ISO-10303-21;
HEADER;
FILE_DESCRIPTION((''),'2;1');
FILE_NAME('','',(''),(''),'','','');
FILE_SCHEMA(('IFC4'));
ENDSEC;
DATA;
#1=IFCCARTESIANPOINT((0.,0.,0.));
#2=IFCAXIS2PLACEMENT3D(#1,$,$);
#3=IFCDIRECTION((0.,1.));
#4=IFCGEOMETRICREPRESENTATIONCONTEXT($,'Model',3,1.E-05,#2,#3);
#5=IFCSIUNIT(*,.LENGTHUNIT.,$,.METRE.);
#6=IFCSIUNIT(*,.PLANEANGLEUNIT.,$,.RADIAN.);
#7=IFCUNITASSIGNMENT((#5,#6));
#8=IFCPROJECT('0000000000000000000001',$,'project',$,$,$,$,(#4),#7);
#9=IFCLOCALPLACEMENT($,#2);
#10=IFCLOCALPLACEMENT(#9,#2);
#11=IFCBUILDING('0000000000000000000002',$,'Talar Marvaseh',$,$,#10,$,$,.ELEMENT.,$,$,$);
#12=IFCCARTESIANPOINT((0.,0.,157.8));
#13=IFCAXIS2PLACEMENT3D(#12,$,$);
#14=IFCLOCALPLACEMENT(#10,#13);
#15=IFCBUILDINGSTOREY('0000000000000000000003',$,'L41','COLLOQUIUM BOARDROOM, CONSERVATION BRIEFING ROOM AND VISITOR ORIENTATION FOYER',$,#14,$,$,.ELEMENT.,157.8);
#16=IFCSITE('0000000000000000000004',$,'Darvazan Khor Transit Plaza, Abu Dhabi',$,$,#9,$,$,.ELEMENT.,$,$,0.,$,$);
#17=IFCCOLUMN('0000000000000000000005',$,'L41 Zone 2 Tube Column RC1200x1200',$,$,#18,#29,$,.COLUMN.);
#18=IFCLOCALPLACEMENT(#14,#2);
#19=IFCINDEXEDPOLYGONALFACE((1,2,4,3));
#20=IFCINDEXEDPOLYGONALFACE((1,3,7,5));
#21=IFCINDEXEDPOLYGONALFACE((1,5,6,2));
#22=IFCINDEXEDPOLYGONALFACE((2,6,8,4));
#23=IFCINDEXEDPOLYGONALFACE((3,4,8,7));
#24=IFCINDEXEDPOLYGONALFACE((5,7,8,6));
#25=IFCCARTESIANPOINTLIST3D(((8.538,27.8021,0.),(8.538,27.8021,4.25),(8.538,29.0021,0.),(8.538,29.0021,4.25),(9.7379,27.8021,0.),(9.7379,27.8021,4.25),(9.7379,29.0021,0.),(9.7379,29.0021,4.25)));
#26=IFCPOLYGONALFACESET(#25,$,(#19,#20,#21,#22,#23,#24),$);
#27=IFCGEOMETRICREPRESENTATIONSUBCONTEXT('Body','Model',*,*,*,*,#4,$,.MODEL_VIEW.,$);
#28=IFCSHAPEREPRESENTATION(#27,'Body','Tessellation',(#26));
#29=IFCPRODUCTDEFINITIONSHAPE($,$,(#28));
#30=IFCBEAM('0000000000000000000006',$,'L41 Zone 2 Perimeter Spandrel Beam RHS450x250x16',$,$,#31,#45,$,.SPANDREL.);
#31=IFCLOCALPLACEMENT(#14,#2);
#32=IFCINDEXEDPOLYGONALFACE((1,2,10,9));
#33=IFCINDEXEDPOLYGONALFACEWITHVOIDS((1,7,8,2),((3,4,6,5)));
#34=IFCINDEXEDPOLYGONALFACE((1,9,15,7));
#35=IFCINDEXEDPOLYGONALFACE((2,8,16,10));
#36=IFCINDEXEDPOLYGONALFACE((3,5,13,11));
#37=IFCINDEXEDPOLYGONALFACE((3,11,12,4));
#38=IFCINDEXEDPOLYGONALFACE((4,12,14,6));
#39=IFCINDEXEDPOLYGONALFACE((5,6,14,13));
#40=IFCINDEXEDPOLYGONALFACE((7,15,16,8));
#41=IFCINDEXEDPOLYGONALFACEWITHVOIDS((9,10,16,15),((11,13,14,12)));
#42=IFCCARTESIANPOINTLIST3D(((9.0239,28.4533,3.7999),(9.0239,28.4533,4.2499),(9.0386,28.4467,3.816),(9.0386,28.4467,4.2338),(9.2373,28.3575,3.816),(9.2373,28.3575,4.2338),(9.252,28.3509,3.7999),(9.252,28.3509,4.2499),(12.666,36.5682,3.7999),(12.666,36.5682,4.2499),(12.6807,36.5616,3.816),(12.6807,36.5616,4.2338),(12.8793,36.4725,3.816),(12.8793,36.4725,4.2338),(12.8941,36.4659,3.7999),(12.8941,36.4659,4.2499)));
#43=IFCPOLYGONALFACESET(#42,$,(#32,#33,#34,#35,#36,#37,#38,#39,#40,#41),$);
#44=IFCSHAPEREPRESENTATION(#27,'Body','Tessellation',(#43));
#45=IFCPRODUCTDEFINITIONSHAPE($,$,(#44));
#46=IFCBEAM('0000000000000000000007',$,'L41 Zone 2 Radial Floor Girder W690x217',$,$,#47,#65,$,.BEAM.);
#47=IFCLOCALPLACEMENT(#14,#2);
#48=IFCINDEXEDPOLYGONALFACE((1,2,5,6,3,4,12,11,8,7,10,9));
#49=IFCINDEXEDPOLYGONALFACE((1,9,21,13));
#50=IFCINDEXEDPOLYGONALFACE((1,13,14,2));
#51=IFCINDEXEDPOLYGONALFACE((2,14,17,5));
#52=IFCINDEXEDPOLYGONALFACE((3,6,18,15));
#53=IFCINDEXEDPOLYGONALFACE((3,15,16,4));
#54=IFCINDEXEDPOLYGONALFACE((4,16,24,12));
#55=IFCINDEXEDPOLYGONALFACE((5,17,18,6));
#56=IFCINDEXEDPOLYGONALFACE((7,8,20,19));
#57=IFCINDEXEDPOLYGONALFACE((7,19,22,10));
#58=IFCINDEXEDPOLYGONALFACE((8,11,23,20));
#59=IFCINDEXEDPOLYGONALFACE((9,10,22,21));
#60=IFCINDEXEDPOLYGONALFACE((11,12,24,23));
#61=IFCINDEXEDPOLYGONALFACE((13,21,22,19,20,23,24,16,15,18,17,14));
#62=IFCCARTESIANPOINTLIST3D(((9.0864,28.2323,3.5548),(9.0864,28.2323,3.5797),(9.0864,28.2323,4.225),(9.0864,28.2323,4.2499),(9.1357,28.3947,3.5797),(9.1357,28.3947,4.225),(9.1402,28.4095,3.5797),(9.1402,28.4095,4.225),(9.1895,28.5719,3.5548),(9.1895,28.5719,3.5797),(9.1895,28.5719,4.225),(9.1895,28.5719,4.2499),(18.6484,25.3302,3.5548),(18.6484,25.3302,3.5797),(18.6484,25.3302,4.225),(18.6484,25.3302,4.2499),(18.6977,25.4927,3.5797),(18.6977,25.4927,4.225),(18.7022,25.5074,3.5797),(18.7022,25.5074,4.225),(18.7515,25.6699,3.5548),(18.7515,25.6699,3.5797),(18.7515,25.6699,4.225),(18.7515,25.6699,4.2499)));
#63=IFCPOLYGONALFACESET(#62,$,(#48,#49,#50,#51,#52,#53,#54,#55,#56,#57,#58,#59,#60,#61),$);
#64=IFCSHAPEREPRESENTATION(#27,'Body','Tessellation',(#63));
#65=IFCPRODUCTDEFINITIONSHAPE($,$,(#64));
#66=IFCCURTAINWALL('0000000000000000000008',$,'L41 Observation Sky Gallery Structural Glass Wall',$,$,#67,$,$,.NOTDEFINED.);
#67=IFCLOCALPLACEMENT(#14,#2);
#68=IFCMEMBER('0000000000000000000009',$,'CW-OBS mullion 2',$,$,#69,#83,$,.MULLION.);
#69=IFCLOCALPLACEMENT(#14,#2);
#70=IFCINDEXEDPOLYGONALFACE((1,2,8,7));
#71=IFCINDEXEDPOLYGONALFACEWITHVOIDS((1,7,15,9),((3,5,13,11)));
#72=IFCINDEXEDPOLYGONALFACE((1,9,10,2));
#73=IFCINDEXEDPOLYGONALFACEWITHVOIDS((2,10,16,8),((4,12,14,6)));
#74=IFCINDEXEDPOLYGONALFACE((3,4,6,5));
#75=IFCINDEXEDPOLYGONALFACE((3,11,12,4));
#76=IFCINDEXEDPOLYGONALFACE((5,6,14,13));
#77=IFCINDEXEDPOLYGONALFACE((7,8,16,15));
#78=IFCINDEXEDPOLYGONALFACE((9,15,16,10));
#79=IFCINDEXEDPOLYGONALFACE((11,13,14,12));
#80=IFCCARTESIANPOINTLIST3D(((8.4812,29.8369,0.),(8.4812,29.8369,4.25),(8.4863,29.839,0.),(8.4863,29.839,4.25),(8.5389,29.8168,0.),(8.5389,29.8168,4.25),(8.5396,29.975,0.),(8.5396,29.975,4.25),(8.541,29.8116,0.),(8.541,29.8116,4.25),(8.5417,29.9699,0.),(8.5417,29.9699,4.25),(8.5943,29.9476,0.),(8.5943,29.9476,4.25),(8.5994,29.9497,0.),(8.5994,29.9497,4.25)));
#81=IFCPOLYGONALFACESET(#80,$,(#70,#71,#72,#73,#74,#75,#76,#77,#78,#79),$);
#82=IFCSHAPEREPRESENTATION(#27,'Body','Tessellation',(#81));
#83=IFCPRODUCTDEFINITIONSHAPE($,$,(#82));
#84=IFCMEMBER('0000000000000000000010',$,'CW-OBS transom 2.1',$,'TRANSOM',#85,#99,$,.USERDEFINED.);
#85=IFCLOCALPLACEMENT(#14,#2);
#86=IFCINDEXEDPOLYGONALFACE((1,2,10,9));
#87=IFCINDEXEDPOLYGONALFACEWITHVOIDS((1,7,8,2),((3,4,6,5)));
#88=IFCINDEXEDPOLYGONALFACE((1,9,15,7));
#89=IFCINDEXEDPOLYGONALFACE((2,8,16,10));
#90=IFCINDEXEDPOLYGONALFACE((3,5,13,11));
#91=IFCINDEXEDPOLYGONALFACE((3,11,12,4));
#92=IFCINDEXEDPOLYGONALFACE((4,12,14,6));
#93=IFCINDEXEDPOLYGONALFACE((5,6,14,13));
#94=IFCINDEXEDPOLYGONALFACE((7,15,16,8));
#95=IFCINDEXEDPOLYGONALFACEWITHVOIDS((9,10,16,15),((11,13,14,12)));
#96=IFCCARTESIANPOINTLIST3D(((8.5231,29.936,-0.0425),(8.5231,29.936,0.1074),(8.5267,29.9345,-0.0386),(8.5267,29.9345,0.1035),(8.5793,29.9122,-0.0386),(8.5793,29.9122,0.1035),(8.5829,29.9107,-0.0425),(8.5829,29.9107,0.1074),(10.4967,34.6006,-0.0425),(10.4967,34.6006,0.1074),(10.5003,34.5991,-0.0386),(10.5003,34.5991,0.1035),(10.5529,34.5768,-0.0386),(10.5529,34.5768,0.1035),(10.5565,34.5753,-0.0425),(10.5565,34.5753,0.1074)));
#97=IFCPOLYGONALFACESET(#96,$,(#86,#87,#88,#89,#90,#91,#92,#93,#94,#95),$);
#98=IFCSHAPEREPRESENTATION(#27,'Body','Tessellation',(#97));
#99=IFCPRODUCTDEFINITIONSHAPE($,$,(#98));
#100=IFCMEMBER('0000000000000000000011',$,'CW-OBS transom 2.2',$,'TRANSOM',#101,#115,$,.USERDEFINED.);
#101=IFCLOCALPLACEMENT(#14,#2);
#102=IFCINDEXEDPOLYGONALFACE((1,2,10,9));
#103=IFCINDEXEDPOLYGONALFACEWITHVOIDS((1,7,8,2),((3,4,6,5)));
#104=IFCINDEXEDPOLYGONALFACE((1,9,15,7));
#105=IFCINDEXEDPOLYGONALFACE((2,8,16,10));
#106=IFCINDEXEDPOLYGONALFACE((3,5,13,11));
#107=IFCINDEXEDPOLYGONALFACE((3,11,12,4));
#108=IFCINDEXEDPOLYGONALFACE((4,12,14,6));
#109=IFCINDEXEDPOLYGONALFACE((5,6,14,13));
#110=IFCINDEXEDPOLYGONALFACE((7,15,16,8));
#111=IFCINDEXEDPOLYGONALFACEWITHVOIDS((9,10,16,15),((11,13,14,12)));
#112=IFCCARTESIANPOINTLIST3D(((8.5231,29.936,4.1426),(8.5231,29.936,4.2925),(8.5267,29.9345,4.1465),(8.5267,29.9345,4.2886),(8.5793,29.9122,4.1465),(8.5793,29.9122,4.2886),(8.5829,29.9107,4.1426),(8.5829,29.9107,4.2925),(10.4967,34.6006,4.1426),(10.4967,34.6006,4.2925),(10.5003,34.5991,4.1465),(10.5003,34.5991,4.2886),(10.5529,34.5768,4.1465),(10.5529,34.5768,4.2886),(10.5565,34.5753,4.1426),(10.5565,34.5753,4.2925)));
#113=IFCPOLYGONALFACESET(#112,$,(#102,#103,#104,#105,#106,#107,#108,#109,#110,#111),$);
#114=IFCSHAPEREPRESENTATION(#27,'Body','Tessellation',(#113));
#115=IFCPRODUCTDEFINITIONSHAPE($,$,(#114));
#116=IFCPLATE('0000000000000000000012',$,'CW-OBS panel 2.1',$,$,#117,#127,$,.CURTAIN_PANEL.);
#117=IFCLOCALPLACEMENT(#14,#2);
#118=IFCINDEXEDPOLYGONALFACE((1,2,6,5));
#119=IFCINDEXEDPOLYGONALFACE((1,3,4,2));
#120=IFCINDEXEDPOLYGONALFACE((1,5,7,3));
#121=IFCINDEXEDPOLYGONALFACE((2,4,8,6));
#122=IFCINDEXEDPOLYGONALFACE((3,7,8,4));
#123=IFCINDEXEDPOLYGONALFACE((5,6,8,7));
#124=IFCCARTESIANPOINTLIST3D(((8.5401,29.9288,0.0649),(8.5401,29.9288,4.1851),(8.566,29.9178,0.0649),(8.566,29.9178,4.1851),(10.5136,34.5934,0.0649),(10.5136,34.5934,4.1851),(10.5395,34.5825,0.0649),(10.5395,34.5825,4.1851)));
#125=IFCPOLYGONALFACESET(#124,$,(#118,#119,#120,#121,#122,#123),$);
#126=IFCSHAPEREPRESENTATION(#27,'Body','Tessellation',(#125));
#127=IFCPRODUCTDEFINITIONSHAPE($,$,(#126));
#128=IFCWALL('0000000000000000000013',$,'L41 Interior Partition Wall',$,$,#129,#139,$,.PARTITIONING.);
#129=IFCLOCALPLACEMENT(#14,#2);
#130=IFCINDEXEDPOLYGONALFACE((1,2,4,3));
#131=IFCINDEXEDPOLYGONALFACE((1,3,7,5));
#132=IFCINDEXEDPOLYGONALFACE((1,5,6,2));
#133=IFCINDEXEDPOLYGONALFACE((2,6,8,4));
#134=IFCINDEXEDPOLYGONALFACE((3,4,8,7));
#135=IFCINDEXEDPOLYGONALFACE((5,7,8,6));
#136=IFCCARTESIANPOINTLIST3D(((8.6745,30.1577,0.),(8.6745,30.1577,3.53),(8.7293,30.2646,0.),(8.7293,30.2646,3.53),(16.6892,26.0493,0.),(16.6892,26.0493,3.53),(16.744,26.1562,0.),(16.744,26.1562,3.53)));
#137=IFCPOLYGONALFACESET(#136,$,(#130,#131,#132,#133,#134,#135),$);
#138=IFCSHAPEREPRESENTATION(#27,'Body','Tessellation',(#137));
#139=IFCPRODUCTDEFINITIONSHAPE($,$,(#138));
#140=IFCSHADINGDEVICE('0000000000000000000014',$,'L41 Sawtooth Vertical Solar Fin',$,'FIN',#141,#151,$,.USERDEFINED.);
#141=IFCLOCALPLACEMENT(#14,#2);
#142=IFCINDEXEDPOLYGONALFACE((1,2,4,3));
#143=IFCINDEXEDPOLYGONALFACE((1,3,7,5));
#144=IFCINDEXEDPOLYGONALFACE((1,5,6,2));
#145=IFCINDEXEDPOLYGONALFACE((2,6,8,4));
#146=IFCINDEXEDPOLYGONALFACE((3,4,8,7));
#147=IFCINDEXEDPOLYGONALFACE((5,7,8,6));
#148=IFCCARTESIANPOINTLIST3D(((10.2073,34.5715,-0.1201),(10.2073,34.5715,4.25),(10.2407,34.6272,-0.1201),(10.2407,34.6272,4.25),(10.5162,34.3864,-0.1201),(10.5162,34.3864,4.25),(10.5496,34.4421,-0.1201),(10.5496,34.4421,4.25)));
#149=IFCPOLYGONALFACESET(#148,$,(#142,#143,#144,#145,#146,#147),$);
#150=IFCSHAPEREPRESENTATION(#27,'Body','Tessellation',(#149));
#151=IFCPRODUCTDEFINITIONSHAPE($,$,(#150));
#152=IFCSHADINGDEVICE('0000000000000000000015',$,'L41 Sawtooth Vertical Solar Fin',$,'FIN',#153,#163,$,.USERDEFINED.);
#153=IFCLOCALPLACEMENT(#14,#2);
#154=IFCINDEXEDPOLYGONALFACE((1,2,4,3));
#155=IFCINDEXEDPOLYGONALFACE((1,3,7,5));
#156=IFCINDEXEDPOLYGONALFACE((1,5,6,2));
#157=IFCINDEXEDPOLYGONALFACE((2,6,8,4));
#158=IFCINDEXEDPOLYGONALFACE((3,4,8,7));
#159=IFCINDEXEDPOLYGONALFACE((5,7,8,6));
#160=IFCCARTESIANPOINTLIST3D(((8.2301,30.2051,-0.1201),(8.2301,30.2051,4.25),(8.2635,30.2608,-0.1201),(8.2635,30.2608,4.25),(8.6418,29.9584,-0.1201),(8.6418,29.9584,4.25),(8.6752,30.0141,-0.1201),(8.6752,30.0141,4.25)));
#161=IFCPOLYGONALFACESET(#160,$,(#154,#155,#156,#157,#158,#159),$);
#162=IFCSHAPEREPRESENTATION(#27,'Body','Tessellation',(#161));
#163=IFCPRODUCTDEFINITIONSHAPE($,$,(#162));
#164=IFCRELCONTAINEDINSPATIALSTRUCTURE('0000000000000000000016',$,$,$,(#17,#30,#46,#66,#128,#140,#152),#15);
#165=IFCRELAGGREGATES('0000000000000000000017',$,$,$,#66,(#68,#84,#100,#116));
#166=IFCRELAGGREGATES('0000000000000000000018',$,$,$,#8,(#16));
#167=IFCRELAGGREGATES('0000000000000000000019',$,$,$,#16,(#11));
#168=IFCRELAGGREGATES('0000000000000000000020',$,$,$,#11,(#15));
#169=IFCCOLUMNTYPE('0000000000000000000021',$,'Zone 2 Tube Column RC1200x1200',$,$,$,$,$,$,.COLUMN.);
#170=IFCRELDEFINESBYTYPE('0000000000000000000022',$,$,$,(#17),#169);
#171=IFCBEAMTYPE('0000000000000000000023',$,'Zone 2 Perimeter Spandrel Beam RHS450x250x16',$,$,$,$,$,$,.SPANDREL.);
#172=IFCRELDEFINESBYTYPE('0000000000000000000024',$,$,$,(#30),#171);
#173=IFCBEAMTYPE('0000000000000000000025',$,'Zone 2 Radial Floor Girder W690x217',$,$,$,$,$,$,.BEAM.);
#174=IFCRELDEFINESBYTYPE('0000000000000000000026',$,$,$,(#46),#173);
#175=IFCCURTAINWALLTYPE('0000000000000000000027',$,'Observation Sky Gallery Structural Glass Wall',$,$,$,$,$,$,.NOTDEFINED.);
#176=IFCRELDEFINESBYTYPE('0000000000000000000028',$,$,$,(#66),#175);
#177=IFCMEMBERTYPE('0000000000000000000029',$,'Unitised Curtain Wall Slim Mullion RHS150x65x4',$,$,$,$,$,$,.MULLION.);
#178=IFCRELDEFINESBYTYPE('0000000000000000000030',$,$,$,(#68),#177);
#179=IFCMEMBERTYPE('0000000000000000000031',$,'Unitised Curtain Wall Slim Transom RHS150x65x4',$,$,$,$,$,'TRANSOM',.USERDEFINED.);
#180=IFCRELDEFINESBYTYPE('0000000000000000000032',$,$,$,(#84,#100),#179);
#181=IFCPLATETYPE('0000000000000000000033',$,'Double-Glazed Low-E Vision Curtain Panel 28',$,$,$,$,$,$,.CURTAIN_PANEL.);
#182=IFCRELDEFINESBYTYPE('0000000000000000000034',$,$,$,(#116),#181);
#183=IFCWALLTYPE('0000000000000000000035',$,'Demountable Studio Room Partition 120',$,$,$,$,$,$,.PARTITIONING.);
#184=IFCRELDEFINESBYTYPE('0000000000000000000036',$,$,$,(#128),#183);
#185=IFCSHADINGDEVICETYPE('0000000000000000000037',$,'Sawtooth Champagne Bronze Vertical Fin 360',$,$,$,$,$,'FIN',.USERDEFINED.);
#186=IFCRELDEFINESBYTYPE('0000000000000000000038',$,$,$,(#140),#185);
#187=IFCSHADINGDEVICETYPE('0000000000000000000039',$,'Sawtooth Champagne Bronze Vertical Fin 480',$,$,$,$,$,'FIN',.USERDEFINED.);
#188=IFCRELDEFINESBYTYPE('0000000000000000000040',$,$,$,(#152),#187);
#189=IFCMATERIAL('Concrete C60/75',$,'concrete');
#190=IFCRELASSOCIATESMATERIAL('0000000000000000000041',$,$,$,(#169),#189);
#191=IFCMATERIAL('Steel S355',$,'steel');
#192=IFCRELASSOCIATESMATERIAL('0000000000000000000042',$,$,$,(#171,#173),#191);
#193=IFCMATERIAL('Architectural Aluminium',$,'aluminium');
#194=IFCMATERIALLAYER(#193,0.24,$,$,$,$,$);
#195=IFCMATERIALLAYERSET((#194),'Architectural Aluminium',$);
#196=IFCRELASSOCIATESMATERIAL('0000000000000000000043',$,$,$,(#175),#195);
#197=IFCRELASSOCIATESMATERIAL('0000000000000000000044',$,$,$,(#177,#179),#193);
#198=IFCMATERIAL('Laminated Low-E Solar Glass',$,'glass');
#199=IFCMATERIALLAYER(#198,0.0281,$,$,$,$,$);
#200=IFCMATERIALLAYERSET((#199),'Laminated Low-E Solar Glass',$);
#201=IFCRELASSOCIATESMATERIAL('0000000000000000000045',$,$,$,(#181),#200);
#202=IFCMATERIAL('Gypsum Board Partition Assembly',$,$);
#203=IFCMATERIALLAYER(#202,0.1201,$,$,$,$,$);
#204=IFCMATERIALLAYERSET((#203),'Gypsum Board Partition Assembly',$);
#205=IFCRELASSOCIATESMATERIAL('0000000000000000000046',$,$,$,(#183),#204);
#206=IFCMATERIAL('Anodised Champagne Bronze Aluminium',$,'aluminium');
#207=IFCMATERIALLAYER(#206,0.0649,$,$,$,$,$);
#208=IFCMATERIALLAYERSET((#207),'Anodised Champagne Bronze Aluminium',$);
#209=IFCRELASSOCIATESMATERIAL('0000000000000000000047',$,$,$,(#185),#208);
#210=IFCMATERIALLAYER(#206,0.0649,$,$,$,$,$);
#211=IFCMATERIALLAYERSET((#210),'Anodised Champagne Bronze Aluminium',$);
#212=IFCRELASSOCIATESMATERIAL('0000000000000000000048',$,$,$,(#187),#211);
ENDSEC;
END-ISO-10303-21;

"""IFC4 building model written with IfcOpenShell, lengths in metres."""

from ifc_helpers import new_model, si_unit, direction, frame, frame_2d, origin, origin_2d, place, context, subcontext, project, spatial, rectangle, hollow_rectangle, i_section, extrude, source, transform, mapped, material, layer, layer_set, material_profile, profile_set, type_object, type_shapes, element, aggregate, save


model = new_model("IFC4")

# Units and contexts
model_context = context("Model", 3, precision=1e-05, world=origin(), true_north=direction((0.0, 1.0)))
body_context = subcontext(model_context, "Body", "Model", "MODEL_VIEW")
ifc_project = project(units=[si_unit("LENGTHUNIT", "METRE"), si_unit("PLANEANGLEUNIT", "RADIAN")], contexts=[model_context])

# Site, building, storey
site_placement = place(None, origin())
site = spatial("IfcSite", under=ifc_project, at=site_placement, Name="Darvazan Khor Transit Plaza, Abu Dhabi", CompositionType="ELEMENT", RefElevation=0.0)
building_placement = place(site_placement, origin())
building = spatial("IfcBuilding", under=site, at=building_placement, Name="Talar Marvaseh", CompositionType="ELEMENT")
storey_placement = place(building_placement, frame((0.0, 0.0, 157.8)))
storey = spatial("IfcBuildingStorey", under=building, at=storey_placement, Name="L41", Description="COLLOQUIUM BOARDROOM, CONSERVATION BRIEFING ROOM AND VISITOR ORIENTATION FOYER", CompositionType="ELEMENT", Elevation=157.8)

# Column
ifc_material_1 = material(Name="Concrete C60/75", Category="concrete")
ifc_material_profile_1 = material_profile(ifc_material_1, rectangle(XDim=1.2, YDim=1.2, at=origin_2d()), Name="RC1200x1200")
ifc_profile_set_1 = profile_set([ifc_material_profile_1], Name="Concrete C60/75")
column_type = type_object("IfcColumnType", Name="Zone 2 Tube Column RC1200x1200", PredefinedType="COLUMN", material=ifc_profile_set_1)
column_placement = place(storey_placement, frame((9.1379, 28.4021, 0.0), z_axis=(0.0, 0.0, 1.0), x_axis=(1.0, 0.0, 0.0)))
element("IfcColumn", 1, at=column_placement, inside=storey, type_object=column_type, Name="L41 Zone 2 Tube Column RC1200x1200", PredefinedType="COLUMN", context=body_context, shape_type="SweptSolid", body=[
    extrude(rectangle(XDim=1.2, YDim=1.2, at=origin_2d()), origin(), (0.0, 0.0, 1.0), 4.25),
])

# Beams
ifc_material_2 = material(Name="Steel S355", Category="steel")
ifc_material_profile_2 = material_profile(ifc_material_2, hollow_rectangle(XDim=0.25, YDim=0.45, WallThickness=0.0161, at=origin_2d()), Name="RHS450x250x16")
ifc_profile_set_2 = profile_set([ifc_material_profile_2], Name="Steel S355")
beam_type_1 = type_object("IfcBeamType", Name="Zone 2 Perimeter Spandrel Beam RHS450x250x16", PredefinedType="SPANDREL", material=ifc_profile_set_2)
beam_1_placement = place(storey_placement, frame((9.1379, 28.4021, 4.0249), z_axis=(0.409462, 0.912327, 0.0), x_axis=(-0.912327, 0.409462, 0.0)))
element("IfcBeam", 2, at=beam_1_placement, inside=storey, type_object=beam_type_1, Name="L41 Zone 2 Perimeter Spandrel Beam RHS450x250x16", PredefinedType="SPANDREL", context=body_context, shape_type="SweptSolid", body=[
    extrude(hollow_rectangle(XDim=0.25, YDim=0.45, WallThickness=0.0161, at=origin_2d()), origin(), (0.0, 0.0, 1.0), 8.8948),
])
ifc_material_profile_3 = material_profile(ifc_material_2, i_section(OverallWidth=0.355, OverallDepth=0.6951, WebThickness=0.0154, FlangeThickness=0.0249, at=origin_2d()), Name="W690x217")
ifc_profile_set_3 = profile_set([ifc_material_profile_3], Name="Steel S355")
beam_type_2 = type_object("IfcBeamType", Name="Zone 2 Radial Floor Girder W690x217", PredefinedType="BEAM", material=ifc_profile_set_3)
beam_2_placement = place(storey_placement, frame((9.1379, 28.4021, 3.9023), z_axis=(0.956899, -0.290422, 0.0), x_axis=(0.290422, 0.956899, 0.0)))
element("IfcBeam", 3, at=beam_2_placement, inside=storey, type_object=beam_type_2, Name="L41 Zone 2 Radial Floor Girder W690x217", PredefinedType="BEAM", context=body_context, shape_type="SweptSolid", body=[
    extrude(i_section(OverallWidth=0.355, OverallDepth=0.6951, WebThickness=0.0154, FlangeThickness=0.0249, at=origin_2d()), origin(), (0.0, 0.0, 1.0), 9.9927),
])

# Curtain wall, members, plate
ifc_material_3 = material(Name="Architectural Aluminium", Category="aluminium")
ifc_layer_1 = layer(ifc_material_3, 0.24)
ifc_layer_set_1 = layer_set([ifc_layer_1], Name="Architectural Aluminium")
curtain_wall_type = type_object("IfcCurtainWallType", Name="Observation Sky Gallery Structural Glass Wall", PredefinedType="NOTDEFINED", material=ifc_layer_set_1)
curtain_wall_placement = place(storey_placement, origin())
curtain_wall = element("IfcCurtainWall", 4, at=curtain_wall_placement, inside=storey, type_object=curtain_wall_type, Name="L41 Observation Sky Gallery Structural Glass Wall", PredefinedType="NOTDEFINED")
ifc_material_profile_4 = material_profile(ifc_material_3, hollow_rectangle(XDim=0.0649, YDim=0.1499, WallThickness=0.0039, at=origin_2d()), Name="RHS150x65x4")
ifc_profile_set_4 = profile_set([ifc_material_profile_4], Name="Architectural Aluminium")
member_type_1 = type_object("IfcMemberType", Name="Unitised Curtain Wall Slim Mullion RHS150x65x4", PredefinedType="MULLION", material=ifc_profile_set_4)
shared_shape_1 = source(origin(), body_context, "Body", "SweptSolid", [
    extrude(hollow_rectangle(XDim=0.0649, YDim=0.1499, WallThickness=0.0039, at=origin_2d()), origin(), (0.0, 0.0, 1.0), 4.25),
])
type_shapes(member_type_1, [shared_shape_1])
member_1_placement = place(storey_placement, frame((8.5403, 29.8933, 0.0), z_axis=(0.0, 0.0, 1.0), x_axis=(-0.920967, 0.38964, 0.0)))
member_1 = element("IfcMember", 5, at=member_1_placement, type_object=member_type_1, Name="CW-OBS mullion 2", PredefinedType="MULLION", context=body_context, shape_type="MappedRepresentation", body=[
    mapped(shared_shape_1, transform((0.0, 0.0, 0.0), x_axis=(1.0, 0.0, 0.0), y_axis=(0.0, 1.0, 0.0), z_axis=(0.0, 0.0, 1.0), scale=1.0)),
])
ifc_material_profile_5 = material_profile(ifc_material_3, hollow_rectangle(XDim=0.0649, YDim=0.1499, WallThickness=0.0039, at=origin_2d()), Name="RHS150x65x4")
ifc_profile_set_5 = profile_set([ifc_material_profile_5], Name="Architectural Aluminium")
member_type_2 = type_object("IfcMemberType", Name="Unitised Curtain Wall Slim Transom RHS150x65x4", ElementType="TRANSOM", PredefinedType="USERDEFINED", material=ifc_profile_set_5)
shared_shape_2 = source(origin(), body_context, "Body", "SweptSolid", [
    extrude(hollow_rectangle(XDim=0.0649, YDim=0.1499, WallThickness=0.0039, at=origin_2d()), origin(), (0.0, 0.0, 1.0), 5.0649),
])
type_shapes(member_type_2, [shared_shape_2])
member_2_placement = place(storey_placement, frame((8.553, 29.9233, 0.0325), z_axis=(0.389668, 0.920955, 0.0), x_axis=(-0.920955, 0.389668, 0.0)))
member_2 = element("IfcMember", 6, at=member_2_placement, type_object=member_type_2, Name="CW-OBS transom 2.1", ObjectType="TRANSOM", PredefinedType="USERDEFINED", context=body_context, shape_type="MappedRepresentation", body=[
    mapped(shared_shape_2, transform((0.0, 0.0, 0.0), x_axis=(1.0, 0.0, 0.0), y_axis=(0.0, 1.0, 0.0), z_axis=(0.0, 0.0, 1.0), scale=1.0)),
])
member_3_placement = place(storey_placement, frame((8.553, 29.9233, 4.2175), z_axis=(0.389668, 0.920955, 0.0), x_axis=(-0.920955, 0.389668, 0.0)))
member_3 = element("IfcMember", 7, at=member_3_placement, type_object=member_type_2, Name="CW-OBS transom 2.2", ObjectType="TRANSOM", PredefinedType="USERDEFINED", context=body_context, shape_type="MappedRepresentation", body=[
    mapped(shared_shape_2, transform((0.0, 0.0, 0.0), x_axis=(1.0, 0.0, 0.0), y_axis=(0.0, 1.0, 0.0), z_axis=(0.0, 0.0, 1.0), scale=1.0)),
])
ifc_material_4 = material(Name="Laminated Low-E Solar Glass", Category="glass")
ifc_layer_2 = layer(ifc_material_4, 0.0281)
ifc_layer_set_2 = layer_set([ifc_layer_2], Name="Laminated Low-E Solar Glass")
plate_type = type_object("IfcPlateType", Name="Double-Glazed Low-E Vision Curtain Panel 28", PredefinedType="CURTAIN_PANEL", material=ifc_layer_set_2)
shared_shape_3 = source(origin(), body_context, "Body", "SweptSolid", [
    extrude(rectangle(XDim=5.0649, YDim=0.0281, at=origin_2d()), origin(), (0.0, 0.0, 1.0), 4.1201),
])
type_shapes(plate_type, [shared_shape_3])
plate_placement = place(storey_placement, frame((9.5398, 32.2556, 0.0649), z_axis=(0.0, 0.0, 1.0), x_axis=(0.38964, 0.920967, 0.0)))
plate = element("IfcPlate", 8, at=plate_placement, type_object=plate_type, Name="CW-OBS panel 2.1", PredefinedType="CURTAIN_PANEL", context=body_context, shape_type="MappedRepresentation", body=[
    mapped(shared_shape_3, transform((0.0, 0.0, 0.0), x_axis=(1.0, 0.0, 0.0), y_axis=(0.0, 1.0, 0.0), z_axis=(0.0, 0.0, 1.0), scale=1.0)),
])
aggregate(curtain_wall, [member_1, member_2, member_3, plate])

# Wall
ifc_material_5 = material(Name="Gypsum Board Partition Assembly")
ifc_layer_3 = layer(ifc_material_5, 0.1201)
ifc_layer_set_3 = layer_set([ifc_layer_3], Name="Gypsum Board Partition Assembly")
wall_type = type_object("IfcWallType", Name="Demountable Studio Room Partition 120", PredefinedType="PARTITIONING", material=ifc_layer_set_3)
wall_placement = place(storey_placement, frame((8.7019, 30.2112, 0.0), z_axis=(0.0, 0.0, 1.0), x_axis=(0.889893, -0.456169, 0.0)))
element("IfcWall", 9, at=wall_placement, inside=storey, type_object=wall_type, Name="L41 Interior Partition Wall", PredefinedType="PARTITIONING", context=body_context, shape_type="SweptSolid", body=[
    extrude(rectangle(XDim=9.0063, YDim=0.1201, at=frame_2d((4.5032, 0.0))), origin(), (0.0, 0.0, 1.0), 3.53),
])

# Shading devices
ifc_material_6 = material(Name="Anodised Champagne Bronze Aluminium", Category="aluminium")
ifc_layer_4 = layer(ifc_material_6, 0.0649)
ifc_layer_set_4 = layer_set([ifc_layer_4], Name="Anodised Champagne Bronze Aluminium")
shading_device_type_1 = type_object("IfcShadingDeviceType", Name="Sawtooth Champagne Bronze Vertical Fin 360", ElementType="FIN", PredefinedType="USERDEFINED", material=ifc_layer_set_4)
shared_shape_4 = source(origin(), body_context, "Body", "SweptSolid", [
    extrude(rectangle(XDim=0.3601, YDim=0.0649, at=origin_2d()), origin(), (0.0, 0.0, 1.0), 4.3701),
])
type_shapes(shading_device_type_1, [shared_shape_4])
shading_device_placement = place(storey_placement, frame((10.3784, 34.5068, -0.1201), z_axis=(0.0, 0.0, 1.0), x_axis=(-0.857796, 0.51399, 0.0)))
element("IfcShadingDevice", 10, at=shading_device_placement, inside=storey, type_object=shading_device_type_1, Name="L41 Sawtooth Vertical Solar Fin", ObjectType="FIN", PredefinedType="USERDEFINED", context=body_context, shape_type="MappedRepresentation", body=[
    mapped(shared_shape_4, transform((0.0, 0.0, 0.0), x_axis=(1.0, 0.0, 0.0), y_axis=(0.0, 1.0, 0.0), z_axis=(0.0, 0.0, 1.0), scale=1.0)),
])
ifc_layer_5 = layer(ifc_material_6, 0.0649)
ifc_layer_set_5 = layer_set([ifc_layer_5], Name="Anodised Champagne Bronze Aluminium")
shading_device_type_2 = type_object("IfcShadingDeviceType", Name="Sawtooth Champagne Bronze Vertical Fin 480", ElementType="FIN", PredefinedType="USERDEFINED", material=ifc_layer_set_5)
shared_shape_5 = source(origin(), body_context, "Body", "SweptSolid", [
    extrude(rectangle(XDim=0.48, YDim=0.0649, at=origin_2d()), origin(), (0.0, 0.0, 1.0), 4.3701),
])
type_shapes(shading_device_type_2, [shared_shape_5])
for number, where, z_axis, x_axis, name in (
    (11, (8.4526, 30.1096, -0.1201), (0.0, 0.0, 1.0), (-0.857796, 0.51399, 0.0), "L41 Sawtooth Vertical Solar Fin"),
):
    element("IfcShadingDevice", number, at=place(storey_placement, frame(where, z_axis=z_axis, x_axis=x_axis)), inside=storey, type_object=shading_device_type_2, Name=name, ObjectType="FIN", PredefinedType="USERDEFINED", context=body_context, shape_type="MappedRepresentation", body=[
        mapped(shared_shape_5, transform((0.0, 0.0, 0.0), x_axis=(1.0, 0.0, 0.0), y_axis=(0.0, 1.0, 0.0), z_axis=(0.0, 0.0, 1.0), scale=1.0)),
    ])

save(model, "model.ifc")
